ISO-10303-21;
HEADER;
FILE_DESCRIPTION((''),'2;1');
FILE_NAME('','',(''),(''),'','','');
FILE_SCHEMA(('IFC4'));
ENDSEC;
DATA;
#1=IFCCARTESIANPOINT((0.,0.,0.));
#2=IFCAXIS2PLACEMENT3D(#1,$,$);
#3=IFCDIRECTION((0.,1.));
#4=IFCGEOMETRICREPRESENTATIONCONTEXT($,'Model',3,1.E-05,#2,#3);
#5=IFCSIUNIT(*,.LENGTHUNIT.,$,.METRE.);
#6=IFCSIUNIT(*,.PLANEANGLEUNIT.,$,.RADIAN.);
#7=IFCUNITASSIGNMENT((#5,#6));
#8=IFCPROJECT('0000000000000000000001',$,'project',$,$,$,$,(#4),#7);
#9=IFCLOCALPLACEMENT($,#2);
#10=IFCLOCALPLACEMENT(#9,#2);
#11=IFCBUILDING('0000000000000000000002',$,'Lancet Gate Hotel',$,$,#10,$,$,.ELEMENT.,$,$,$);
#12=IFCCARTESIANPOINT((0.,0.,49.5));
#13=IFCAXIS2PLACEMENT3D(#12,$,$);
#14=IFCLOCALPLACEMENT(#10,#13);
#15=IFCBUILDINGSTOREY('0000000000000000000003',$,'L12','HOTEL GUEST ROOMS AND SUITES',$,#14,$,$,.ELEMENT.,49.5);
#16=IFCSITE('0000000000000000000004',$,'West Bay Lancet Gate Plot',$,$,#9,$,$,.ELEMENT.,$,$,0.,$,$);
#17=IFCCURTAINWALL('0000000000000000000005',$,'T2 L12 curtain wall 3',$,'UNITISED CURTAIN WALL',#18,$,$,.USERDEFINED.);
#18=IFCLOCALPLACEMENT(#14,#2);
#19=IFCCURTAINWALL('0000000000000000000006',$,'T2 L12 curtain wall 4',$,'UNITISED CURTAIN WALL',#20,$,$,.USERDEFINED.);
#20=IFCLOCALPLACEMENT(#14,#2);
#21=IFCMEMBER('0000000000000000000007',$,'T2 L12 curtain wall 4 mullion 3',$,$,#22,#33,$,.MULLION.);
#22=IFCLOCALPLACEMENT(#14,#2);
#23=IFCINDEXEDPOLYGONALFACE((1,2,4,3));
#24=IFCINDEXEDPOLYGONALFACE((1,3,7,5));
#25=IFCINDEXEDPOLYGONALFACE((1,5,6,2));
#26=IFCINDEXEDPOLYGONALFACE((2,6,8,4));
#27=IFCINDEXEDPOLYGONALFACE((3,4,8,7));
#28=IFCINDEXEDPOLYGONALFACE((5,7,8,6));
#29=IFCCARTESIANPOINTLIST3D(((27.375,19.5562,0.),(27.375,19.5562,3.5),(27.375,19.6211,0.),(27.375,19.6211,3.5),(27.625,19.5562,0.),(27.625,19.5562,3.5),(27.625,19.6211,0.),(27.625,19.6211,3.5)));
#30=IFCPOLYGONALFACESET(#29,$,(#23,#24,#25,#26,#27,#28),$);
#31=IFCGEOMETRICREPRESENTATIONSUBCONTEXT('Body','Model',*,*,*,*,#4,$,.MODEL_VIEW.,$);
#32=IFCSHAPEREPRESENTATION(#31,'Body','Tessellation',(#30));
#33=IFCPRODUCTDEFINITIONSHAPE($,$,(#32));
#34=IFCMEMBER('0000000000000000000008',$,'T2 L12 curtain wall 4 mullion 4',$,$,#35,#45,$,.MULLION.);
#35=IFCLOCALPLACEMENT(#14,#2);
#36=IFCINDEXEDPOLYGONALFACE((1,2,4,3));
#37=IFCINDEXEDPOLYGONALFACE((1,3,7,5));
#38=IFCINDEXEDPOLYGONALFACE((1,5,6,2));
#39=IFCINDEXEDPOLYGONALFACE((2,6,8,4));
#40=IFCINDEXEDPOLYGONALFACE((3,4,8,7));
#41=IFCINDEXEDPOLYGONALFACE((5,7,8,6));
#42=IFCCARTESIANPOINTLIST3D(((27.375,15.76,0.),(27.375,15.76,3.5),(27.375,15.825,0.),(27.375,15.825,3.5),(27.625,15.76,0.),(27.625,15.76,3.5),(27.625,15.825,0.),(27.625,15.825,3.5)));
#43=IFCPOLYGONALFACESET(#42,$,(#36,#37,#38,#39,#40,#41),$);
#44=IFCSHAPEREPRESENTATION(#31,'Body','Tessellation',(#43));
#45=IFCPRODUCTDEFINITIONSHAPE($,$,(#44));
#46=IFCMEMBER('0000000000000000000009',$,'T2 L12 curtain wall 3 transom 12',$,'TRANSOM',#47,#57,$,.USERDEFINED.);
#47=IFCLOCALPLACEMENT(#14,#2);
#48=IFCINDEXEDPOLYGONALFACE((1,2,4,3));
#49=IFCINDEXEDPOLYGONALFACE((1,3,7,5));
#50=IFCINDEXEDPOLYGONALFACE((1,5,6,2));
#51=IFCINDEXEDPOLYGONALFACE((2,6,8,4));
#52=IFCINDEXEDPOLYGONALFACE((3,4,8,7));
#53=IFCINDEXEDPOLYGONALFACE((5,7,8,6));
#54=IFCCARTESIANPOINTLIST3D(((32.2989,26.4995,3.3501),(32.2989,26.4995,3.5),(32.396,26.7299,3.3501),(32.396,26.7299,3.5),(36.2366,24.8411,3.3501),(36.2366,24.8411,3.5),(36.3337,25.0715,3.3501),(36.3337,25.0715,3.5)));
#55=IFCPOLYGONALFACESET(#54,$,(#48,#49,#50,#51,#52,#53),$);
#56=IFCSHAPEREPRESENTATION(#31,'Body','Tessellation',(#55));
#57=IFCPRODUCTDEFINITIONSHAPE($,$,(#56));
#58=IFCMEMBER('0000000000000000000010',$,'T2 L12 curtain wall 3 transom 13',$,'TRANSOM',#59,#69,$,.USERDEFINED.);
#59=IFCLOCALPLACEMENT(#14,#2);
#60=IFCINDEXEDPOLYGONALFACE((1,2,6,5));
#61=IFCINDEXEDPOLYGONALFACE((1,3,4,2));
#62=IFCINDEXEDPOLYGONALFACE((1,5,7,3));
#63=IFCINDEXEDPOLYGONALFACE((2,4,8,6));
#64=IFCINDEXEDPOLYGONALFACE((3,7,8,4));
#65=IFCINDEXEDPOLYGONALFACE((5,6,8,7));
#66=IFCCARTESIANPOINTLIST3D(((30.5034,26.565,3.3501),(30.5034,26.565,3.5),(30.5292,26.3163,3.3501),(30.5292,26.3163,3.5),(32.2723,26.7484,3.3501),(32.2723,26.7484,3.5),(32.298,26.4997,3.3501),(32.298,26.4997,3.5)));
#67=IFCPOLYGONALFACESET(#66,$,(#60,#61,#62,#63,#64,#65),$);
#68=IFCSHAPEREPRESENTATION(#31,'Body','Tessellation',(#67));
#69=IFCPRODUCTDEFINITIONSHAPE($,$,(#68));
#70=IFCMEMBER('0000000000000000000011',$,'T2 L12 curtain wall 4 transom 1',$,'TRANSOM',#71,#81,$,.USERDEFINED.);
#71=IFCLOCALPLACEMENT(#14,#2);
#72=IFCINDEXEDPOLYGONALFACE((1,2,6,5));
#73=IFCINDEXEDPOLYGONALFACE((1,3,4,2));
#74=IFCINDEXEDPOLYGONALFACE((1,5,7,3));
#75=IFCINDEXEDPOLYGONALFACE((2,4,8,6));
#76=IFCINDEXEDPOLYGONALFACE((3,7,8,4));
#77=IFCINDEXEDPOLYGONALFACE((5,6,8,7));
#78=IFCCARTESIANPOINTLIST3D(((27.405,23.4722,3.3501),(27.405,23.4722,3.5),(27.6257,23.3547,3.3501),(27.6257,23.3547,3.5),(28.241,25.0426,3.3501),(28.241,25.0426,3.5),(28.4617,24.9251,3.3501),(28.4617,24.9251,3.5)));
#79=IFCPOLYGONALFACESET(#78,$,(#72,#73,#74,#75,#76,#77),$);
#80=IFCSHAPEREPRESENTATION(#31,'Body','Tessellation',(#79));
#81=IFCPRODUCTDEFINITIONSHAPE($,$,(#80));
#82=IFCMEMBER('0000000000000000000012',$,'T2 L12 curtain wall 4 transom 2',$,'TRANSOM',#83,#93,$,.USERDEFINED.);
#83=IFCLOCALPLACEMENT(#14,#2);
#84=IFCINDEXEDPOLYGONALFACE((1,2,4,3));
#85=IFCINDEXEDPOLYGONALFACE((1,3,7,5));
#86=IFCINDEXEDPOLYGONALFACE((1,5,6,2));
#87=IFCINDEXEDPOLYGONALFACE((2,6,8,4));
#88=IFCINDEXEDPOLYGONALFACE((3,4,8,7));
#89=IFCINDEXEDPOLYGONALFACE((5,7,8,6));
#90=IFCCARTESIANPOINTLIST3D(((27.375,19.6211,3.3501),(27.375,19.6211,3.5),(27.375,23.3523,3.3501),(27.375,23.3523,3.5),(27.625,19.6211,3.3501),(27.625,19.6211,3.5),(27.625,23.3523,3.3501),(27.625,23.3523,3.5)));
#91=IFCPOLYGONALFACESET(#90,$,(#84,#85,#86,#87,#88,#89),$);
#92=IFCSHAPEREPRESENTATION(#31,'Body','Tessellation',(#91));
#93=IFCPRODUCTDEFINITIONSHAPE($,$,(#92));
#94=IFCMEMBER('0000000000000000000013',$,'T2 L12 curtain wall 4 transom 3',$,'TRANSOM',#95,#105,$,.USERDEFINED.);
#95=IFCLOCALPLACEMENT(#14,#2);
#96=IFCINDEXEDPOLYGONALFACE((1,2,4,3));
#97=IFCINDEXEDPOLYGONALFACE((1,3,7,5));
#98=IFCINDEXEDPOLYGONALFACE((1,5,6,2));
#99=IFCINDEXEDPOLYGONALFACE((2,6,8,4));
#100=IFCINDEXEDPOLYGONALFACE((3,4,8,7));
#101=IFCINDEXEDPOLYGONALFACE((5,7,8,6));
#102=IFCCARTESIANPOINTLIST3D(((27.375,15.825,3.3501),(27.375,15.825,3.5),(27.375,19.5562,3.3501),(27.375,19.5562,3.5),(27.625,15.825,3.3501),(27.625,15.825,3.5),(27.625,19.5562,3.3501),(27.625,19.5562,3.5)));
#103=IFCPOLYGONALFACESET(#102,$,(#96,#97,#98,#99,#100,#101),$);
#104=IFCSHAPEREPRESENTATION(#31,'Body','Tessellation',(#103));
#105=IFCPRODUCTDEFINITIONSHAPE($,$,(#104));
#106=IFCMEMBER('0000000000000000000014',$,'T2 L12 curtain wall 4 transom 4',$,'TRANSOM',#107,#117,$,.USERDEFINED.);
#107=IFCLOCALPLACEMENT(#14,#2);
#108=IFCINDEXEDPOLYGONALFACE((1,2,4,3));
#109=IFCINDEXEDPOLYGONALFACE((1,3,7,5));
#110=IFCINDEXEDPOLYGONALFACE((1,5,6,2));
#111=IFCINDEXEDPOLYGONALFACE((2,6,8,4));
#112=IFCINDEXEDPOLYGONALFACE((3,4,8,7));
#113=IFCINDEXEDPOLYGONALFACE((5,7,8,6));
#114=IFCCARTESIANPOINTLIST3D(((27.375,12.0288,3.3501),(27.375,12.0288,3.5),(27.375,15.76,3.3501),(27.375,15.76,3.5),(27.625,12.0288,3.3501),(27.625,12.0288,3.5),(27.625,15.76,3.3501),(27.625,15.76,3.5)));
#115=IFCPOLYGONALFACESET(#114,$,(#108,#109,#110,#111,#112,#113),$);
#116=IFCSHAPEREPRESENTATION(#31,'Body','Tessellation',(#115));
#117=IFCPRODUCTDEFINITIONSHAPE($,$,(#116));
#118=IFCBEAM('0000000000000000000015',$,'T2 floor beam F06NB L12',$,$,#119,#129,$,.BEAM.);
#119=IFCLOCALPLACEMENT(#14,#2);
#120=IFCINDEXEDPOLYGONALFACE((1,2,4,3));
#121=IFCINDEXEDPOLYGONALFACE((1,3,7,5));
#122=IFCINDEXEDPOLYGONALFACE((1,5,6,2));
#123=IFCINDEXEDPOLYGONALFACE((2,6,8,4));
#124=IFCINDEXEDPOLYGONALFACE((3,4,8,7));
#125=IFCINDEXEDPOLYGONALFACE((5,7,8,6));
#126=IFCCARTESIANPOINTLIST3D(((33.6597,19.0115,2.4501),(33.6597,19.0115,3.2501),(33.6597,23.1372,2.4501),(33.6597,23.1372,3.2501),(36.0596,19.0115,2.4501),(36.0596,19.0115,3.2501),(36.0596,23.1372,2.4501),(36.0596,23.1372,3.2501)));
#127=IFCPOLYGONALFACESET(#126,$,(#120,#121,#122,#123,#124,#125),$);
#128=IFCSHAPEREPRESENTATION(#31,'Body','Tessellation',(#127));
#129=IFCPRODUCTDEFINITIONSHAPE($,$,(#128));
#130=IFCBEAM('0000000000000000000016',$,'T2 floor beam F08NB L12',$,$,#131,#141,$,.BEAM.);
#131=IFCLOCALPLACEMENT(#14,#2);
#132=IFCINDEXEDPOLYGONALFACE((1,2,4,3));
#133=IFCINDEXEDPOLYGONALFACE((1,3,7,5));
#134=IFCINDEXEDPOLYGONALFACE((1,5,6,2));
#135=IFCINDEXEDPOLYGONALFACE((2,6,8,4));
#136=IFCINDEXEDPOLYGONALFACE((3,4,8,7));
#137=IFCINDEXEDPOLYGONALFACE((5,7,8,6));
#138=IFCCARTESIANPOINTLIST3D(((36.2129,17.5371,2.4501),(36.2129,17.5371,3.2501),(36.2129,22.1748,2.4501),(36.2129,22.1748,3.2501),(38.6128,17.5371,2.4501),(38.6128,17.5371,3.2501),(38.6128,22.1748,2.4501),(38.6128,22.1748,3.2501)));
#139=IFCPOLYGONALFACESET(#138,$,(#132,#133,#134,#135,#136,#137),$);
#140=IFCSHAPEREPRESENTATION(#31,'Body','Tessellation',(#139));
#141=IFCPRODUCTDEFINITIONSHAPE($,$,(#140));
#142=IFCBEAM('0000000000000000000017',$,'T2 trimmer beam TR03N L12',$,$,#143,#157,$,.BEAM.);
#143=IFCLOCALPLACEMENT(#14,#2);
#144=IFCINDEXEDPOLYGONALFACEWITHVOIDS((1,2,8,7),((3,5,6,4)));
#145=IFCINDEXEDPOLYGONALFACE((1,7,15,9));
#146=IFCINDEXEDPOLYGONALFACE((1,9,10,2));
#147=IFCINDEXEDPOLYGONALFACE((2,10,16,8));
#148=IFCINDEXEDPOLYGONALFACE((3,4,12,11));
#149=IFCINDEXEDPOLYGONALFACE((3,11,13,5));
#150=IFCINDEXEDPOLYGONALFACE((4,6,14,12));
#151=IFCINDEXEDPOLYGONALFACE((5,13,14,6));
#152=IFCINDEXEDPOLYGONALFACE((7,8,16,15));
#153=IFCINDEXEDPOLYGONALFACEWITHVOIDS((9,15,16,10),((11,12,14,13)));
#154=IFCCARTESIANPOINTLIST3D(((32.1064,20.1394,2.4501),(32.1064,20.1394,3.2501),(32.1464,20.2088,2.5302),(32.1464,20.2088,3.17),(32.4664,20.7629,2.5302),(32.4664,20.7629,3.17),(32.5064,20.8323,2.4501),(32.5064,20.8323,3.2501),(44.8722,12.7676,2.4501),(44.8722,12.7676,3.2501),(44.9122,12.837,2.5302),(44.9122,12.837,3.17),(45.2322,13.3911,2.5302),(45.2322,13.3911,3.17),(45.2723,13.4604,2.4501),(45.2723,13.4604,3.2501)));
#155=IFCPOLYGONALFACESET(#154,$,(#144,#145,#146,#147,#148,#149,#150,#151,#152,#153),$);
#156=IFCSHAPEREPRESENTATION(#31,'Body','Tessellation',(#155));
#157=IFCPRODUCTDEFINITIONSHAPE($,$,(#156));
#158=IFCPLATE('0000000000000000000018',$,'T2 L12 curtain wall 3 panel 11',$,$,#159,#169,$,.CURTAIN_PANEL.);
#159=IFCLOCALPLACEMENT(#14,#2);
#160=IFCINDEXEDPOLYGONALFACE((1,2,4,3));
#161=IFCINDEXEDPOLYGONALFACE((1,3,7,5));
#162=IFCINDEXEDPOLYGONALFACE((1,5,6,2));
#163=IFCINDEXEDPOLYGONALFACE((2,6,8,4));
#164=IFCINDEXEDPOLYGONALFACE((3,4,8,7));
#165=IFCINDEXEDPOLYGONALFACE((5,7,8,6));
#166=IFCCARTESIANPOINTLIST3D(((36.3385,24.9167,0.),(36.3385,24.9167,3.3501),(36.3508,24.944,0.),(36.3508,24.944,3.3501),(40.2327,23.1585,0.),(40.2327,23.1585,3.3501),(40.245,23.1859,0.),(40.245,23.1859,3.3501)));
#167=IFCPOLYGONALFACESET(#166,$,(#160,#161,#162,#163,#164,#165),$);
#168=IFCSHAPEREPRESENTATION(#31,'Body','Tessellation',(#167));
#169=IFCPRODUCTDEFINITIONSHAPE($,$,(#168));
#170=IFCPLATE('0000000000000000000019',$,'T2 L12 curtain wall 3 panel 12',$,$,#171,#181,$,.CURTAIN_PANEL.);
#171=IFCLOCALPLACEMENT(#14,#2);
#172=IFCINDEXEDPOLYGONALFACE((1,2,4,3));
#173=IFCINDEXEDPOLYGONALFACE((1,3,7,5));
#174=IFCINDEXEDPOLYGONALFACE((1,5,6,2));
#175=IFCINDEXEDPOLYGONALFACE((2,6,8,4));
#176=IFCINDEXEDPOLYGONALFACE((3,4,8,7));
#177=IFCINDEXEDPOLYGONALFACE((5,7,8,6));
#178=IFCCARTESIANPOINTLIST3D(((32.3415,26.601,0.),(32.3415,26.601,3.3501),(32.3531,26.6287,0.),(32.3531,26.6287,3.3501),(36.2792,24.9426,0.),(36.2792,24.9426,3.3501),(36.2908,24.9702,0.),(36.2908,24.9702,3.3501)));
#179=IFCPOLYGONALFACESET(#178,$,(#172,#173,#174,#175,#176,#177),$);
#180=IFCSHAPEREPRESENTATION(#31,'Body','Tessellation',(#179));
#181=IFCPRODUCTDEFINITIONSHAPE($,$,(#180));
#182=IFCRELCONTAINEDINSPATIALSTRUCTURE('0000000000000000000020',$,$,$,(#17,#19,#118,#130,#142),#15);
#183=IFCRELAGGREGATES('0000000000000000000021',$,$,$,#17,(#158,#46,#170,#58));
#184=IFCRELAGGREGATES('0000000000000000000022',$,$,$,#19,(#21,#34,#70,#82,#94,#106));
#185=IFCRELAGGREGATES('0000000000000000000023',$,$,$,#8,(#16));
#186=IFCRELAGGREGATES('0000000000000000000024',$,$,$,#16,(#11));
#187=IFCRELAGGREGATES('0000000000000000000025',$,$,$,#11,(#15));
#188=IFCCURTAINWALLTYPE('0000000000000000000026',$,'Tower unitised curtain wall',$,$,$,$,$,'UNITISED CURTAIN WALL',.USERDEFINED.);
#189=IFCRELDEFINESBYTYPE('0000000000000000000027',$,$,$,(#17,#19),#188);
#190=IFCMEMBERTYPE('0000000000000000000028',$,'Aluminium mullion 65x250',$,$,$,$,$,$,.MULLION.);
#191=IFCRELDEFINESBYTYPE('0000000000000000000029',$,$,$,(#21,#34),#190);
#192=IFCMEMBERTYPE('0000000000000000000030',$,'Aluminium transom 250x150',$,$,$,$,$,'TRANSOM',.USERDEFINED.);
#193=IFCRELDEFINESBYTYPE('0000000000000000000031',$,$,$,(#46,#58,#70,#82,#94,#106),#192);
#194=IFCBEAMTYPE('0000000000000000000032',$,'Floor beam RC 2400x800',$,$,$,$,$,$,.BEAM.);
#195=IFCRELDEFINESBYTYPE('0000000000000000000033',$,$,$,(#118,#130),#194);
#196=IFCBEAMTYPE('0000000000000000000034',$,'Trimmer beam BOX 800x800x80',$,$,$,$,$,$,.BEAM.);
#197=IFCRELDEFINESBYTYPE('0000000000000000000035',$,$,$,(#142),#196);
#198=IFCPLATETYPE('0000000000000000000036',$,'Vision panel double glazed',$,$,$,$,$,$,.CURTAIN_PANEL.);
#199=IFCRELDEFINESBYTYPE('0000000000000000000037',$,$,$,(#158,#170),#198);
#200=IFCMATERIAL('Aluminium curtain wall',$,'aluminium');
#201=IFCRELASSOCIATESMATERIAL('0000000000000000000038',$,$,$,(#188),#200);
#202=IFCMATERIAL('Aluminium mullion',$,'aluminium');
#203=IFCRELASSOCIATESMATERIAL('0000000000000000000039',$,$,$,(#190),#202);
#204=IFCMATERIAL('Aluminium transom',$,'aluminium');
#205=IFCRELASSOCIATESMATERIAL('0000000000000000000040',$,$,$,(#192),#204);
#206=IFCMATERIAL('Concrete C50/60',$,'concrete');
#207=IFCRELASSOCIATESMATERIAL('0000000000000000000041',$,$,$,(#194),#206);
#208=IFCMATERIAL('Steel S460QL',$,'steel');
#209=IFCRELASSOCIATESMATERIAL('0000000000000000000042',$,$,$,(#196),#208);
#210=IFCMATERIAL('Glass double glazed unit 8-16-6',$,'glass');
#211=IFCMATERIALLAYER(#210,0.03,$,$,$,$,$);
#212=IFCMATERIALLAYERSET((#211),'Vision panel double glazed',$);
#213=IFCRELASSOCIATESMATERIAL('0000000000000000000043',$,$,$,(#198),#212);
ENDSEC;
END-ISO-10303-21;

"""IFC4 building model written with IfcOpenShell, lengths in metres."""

from ifc_helpers import new_model, si_unit, direction, frame, origin, origin_2d, place, context, subcontext, project, spatial, rectangle, hollow_rectangle, extrude, material, layer, layer_set, material_profile, profile_set, type_object, element, aggregate, save


model = new_model("IFC4")

# Units and contexts
model_context = context("Model", 3, precision=1e-05, world=origin(), true_north=direction((0.0, 1.0)))
body_context = subcontext(model_context, "Body", "Model", "MODEL_VIEW")
ifc_project = project(units=[si_unit("LENGTHUNIT", "METRE"), si_unit("PLANEANGLEUNIT", "RADIAN")], contexts=[model_context])

# Site, building, storey
site_placement = place(None, origin())
site = spatial("IfcSite", under=ifc_project, at=site_placement, Name="West Bay Lancet Gate Plot", CompositionType="ELEMENT", RefElevation=0.0)
building_placement = place(site_placement, origin())
building = spatial("IfcBuilding", under=site, at=building_placement, Name="Lancet Gate Hotel", CompositionType="ELEMENT")
storey_placement = place(building_placement, frame((0.0, 0.0, 49.5)))
storey = spatial("IfcBuildingStorey", under=building, at=storey_placement, Name="L12", Description="HOTEL GUEST ROOMS AND SUITES", CompositionType="ELEMENT", Elevation=49.5)

# Curtain walls, members
ifc_material_1 = material(Name="Aluminium curtain wall", Category="aluminium")
curtain_wall_type = type_object("IfcCurtainWallType", Name="Tower unitised curtain wall", ElementType="UNITISED CURTAIN WALL", PredefinedType="USERDEFINED", material=ifc_material_1)
curtain_wall_1_placement = place(storey_placement, origin())
curtain_wall_1 = element("IfcCurtainWall", 1, at=curtain_wall_1_placement, inside=storey, type_object=curtain_wall_type, Name="T2 L12 curtain wall 3", ObjectType="UNITISED CURTAIN WALL", PredefinedType="USERDEFINED")
ifc_material_2 = material(Name="Aluminium mullion", Category="aluminium")
ifc_material_profile_1 = material_profile(ifc_material_2, rectangle(XDim=0.0649, YDim=0.25, at=origin_2d()), Name="MULLION 65x250")
ifc_profile_set_1 = profile_set([ifc_material_profile_1], Name="Aluminium mullion")
member_type_1 = type_object("IfcMemberType", Name="Aluminium mullion 65x250", PredefinedType="MULLION", material=ifc_profile_set_1)
curtain_wall_2_placement = place(storey_placement, origin())
curtain_wall_2 = element("IfcCurtainWall", 2, at=curtain_wall_2_placement, inside=storey, type_object=curtain_wall_type, Name="T2 L12 curtain wall 4", ObjectType="UNITISED CURTAIN WALL", PredefinedType="USERDEFINED")
member_1_placement = place(storey_placement, frame((27.5, 19.5886, 0.0), z_axis=(0.0, 0.0, 1.0), x_axis=(0.0, -1.0, 0.0)))
member_1 = element("IfcMember", 3, at=member_1_placement, type_object=member_type_1, Name="T2 L12 curtain wall 4 mullion 3", PredefinedType="MULLION", context=body_context, shape_type="SweptSolid", body=[
    extrude(rectangle(XDim=0.0649, YDim=0.25, at=origin_2d()), origin(), (0.0, 0.0, 1.0), 3.5),
])
member_2_placement = place(storey_placement, frame((27.5, 15.7925, 0.0), z_axis=(0.0, 0.0, 1.0), x_axis=(0.0, -1.0, 0.0)))
member_2 = element("IfcMember", 4, at=member_2_placement, type_object=member_type_1, Name="T2 L12 curtain wall 4 mullion 4", PredefinedType="MULLION", context=body_context, shape_type="SweptSolid", body=[
    extrude(rectangle(XDim=0.0649, YDim=0.25, at=origin_2d()), origin(), (0.0, 0.0, 1.0), 3.5),
])

# Members
ifc_material_3 = material(Name="Aluminium transom", Category="aluminium")
ifc_material_profile_2 = material_profile(ifc_material_3, rectangle(XDim=0.25, YDim=0.1499, at=origin_2d()), Name="TRANSOM 250x150")
ifc_profile_set_2 = profile_set([ifc_material_profile_2], Name="Aluminium transom")
member_type_2 = type_object("IfcMemberType", Name="Aluminium transom 250x150", ElementType="TRANSOM", PredefinedType="USERDEFINED", material=ifc_profile_set_2)
member_3_placement = place(storey_placement, frame((36.2852, 24.9563, 3.425), z_axis=(-0.921598, 0.388146, 0.0), x_axis=(-0.388146, -0.921598, 0.0)))
member_3 = element("IfcMember", 5, at=member_3_placement, type_object=member_type_2, Name="T2 L12 curtain wall 3 transom 12", ObjectType="TRANSOM", PredefinedType="USERDEFINED", context=body_context, shape_type="SweptSolid", body=[
    extrude(rectangle(XDim=0.25, YDim=0.1499, at=origin_2d()), origin(), (0.0, 0.0, 1.0), 4.2727),
])
member_4_placement = place(storey_placement, frame((32.2852, 26.624, 3.425), z_axis=(-0.99467, -0.103105, 0.0), x_axis=(0.103105, -0.99467, 0.0)))
member_4 = element("IfcMember", 6, at=member_4_placement, type_object=member_type_2, Name="T2 L12 curtain wall 3 transom 13", ObjectType="TRANSOM", PredefinedType="USERDEFINED", context=body_context, shape_type="SweptSolid", body=[
    extrude(rectangle(XDim=0.25, YDim=0.1499, at=origin_2d()), origin(), (0.0, 0.0, 1.0), 1.7783),
])
member_5_placement = place(storey_placement, frame((28.3513, 24.9839, 3.425), z_axis=(-0.469904, -0.882717, 0.0), x_axis=(0.882717, -0.469904, 0.0)))
member_5 = element("IfcMember", 7, at=member_5_placement, type_object=member_type_2, Name="T2 L12 curtain wall 4 transom 1", ObjectType="TRANSOM", PredefinedType="USERDEFINED", context=body_context, shape_type="SweptSolid", body=[
    extrude(rectangle(XDim=0.25, YDim=0.1499, at=origin_2d()), origin(), (0.0, 0.0, 1.0), 1.7791),
])
member_6_placement = place(storey_placement, frame((27.5, 23.3523, 3.425), z_axis=(0.0, -1.0, 0.0), x_axis=(1.0, 0.0, 0.0)))
member_6 = element("IfcMember", 8, at=member_6_placement, type_object=member_type_2, Name="T2 L12 curtain wall 4 transom 2", ObjectType="TRANSOM", PredefinedType="USERDEFINED", context=body_context, shape_type="SweptSolid", body=[
    extrude(rectangle(XDim=0.25, YDim=0.1499, at=origin_2d()), origin(), (0.0, 0.0, 1.0), 3.7312),
])
member_7_placement = place(storey_placement, frame((27.5, 19.5562, 3.425), z_axis=(0.0, -1.0, 0.0), x_axis=(1.0, 0.0, 0.0)))
member_7 = element("IfcMember", 9, at=member_7_placement, type_object=member_type_2, Name="T2 L12 curtain wall 4 transom 3", ObjectType="TRANSOM", PredefinedType="USERDEFINED", context=body_context, shape_type="SweptSolid", body=[
    extrude(rectangle(XDim=0.25, YDim=0.1499, at=origin_2d()), origin(), (0.0, 0.0, 1.0), 3.7312),
])
member_8_placement = place(storey_placement, frame((27.5, 15.76, 3.425), z_axis=(0.0, -1.0, 0.0), x_axis=(1.0, 0.0, 0.0)))
member_8 = element("IfcMember", 10, at=member_8_placement, type_object=member_type_2, Name="T2 L12 curtain wall 4 transom 4", ObjectType="TRANSOM", PredefinedType="USERDEFINED", context=body_context, shape_type="SweptSolid", body=[
    extrude(rectangle(XDim=0.25, YDim=0.1499, at=origin_2d()), origin(), (0.0, 0.0, 1.0), 3.7312),
])

# Beams
ifc_material_4 = material(Name="Concrete C50/60", Category="concrete")
ifc_material_profile_3 = material_profile(ifc_material_4, rectangle(XDim=2.3999, YDim=0.8, at=origin_2d()), Name="RC 2400x800")
ifc_profile_set_3 = profile_set([ifc_material_profile_3], Name="Concrete C50/60")
beam_type_1 = type_object("IfcBeamType", Name="Floor beam RC 2400x800", PredefinedType="BEAM", material=ifc_profile_set_3)
beam_1_placement = place(storey_placement, frame((34.8596, 19.0115, 2.8501), z_axis=(0.0, 1.0, 0.0), x_axis=(-1.0, 0.0, 0.0)))
element("IfcBeam", 11, at=beam_1_placement, inside=storey, type_object=beam_type_1, Name="T2 floor beam F06NB L12", PredefinedType="BEAM", context=body_context, shape_type="SweptSolid", body=[
    extrude(rectangle(XDim=2.3999, YDim=0.8, at=origin_2d()), origin(), (0.0, 0.0, 1.0), 4.1257),
])
beam_2_placement = place(storey_placement, frame((37.4128, 17.5371, 2.8501), z_axis=(0.0, 1.0, 0.0), x_axis=(-1.0, 0.0, 0.0)))
element("IfcBeam", 12, at=beam_2_placement, inside=storey, type_object=beam_type_1, Name="T2 floor beam F08NB L12", PredefinedType="BEAM", context=body_context, shape_type="SweptSolid", body=[
    extrude(rectangle(XDim=2.3999, YDim=0.8, at=origin_2d()), origin(), (0.0, 0.0, 1.0), 4.6377),
])
ifc_material_5 = material(Name="Steel S460QL", Category="steel")
ifc_material_profile_4 = material_profile(ifc_material_5, hollow_rectangle(XDim=0.8, YDim=0.8, WallThickness=0.0801, at=origin_2d()), Name="BOX 800x800x80")
ifc_profile_set_4 = profile_set([ifc_material_profile_4], Name="Steel S460QL")
beam_type_2 = type_object("IfcBeamType", Name="Trimmer beam BOX 800x800x80", PredefinedType="BEAM", material=ifc_profile_set_4)
beam_3_placement = place(storey_placement, frame((32.3064, 20.4858, 2.8501), z_axis=(0.865983, -0.500074, 0.0), x_axis=(0.500074, 0.865983, 0.0)))
element("IfcBeam", 13, at=beam_3_placement, inside=storey, type_object=beam_type_2, Name="T2 trimmer beam TR03N L12", PredefinedType="BEAM", context=body_context, shape_type="SweptSolid", body=[
    extrude(hollow_rectangle(XDim=0.8, YDim=0.8, WallThickness=0.0801, at=origin_2d()), origin(), (0.0, 0.0, 1.0), 14.7415),
])

# Plates
ifc_material_6 = material(Name="Glass double glazed unit 8-16-6", Category="glass")
ifc_layer_1 = layer(ifc_material_6, 0.03)
ifc_layer_set_1 = layer_set([ifc_layer_1], Name="Vision panel double glazed")
plate_type = type_object("IfcPlateType", Name="Vision panel double glazed", PredefinedType="CURTAIN_PANEL", material=ifc_layer_set_1)
plate_1_placement = place(storey_placement, frame((38.2917, 24.0513, 0.0), z_axis=(0.0, 0.0, 1.0), x_axis=(-0.911416, 0.411487, 0.0)))
plate_1 = element("IfcPlate", 14, at=plate_1_placement, type_object=plate_type, Name="T2 L12 curtain wall 3 panel 11", PredefinedType="CURTAIN_PANEL", context=body_context, shape_type="SweptSolid", body=[
    extrude(rectangle(XDim=4.2727, YDim=0.03, at=origin_2d()), origin(), (0.0, 0.0, 1.0), 3.3501),
])
plate_2_placement = place(storey_placement, frame((34.3162, 25.7856, 0.0), z_axis=(0.0, 0.0, 1.0), x_axis=(-0.921593, 0.388157, 0.0)))
plate_2 = element("IfcPlate", 15, at=plate_2_placement, type_object=plate_type, Name="T2 L12 curtain wall 3 panel 12", PredefinedType="CURTAIN_PANEL", context=body_context, shape_type="SweptSolid", body=[
    extrude(rectangle(XDim=4.2727, YDim=0.03, at=origin_2d()), origin(), (0.0, 0.0, 1.0), 3.3501),
])
aggregate(curtain_wall_1, [plate_1, member_3, plate_2, member_4])
aggregate(curtain_wall_2, [member_1, member_2, member_5, member_6, member_7, member_8])

save(model, "model.ifc")
